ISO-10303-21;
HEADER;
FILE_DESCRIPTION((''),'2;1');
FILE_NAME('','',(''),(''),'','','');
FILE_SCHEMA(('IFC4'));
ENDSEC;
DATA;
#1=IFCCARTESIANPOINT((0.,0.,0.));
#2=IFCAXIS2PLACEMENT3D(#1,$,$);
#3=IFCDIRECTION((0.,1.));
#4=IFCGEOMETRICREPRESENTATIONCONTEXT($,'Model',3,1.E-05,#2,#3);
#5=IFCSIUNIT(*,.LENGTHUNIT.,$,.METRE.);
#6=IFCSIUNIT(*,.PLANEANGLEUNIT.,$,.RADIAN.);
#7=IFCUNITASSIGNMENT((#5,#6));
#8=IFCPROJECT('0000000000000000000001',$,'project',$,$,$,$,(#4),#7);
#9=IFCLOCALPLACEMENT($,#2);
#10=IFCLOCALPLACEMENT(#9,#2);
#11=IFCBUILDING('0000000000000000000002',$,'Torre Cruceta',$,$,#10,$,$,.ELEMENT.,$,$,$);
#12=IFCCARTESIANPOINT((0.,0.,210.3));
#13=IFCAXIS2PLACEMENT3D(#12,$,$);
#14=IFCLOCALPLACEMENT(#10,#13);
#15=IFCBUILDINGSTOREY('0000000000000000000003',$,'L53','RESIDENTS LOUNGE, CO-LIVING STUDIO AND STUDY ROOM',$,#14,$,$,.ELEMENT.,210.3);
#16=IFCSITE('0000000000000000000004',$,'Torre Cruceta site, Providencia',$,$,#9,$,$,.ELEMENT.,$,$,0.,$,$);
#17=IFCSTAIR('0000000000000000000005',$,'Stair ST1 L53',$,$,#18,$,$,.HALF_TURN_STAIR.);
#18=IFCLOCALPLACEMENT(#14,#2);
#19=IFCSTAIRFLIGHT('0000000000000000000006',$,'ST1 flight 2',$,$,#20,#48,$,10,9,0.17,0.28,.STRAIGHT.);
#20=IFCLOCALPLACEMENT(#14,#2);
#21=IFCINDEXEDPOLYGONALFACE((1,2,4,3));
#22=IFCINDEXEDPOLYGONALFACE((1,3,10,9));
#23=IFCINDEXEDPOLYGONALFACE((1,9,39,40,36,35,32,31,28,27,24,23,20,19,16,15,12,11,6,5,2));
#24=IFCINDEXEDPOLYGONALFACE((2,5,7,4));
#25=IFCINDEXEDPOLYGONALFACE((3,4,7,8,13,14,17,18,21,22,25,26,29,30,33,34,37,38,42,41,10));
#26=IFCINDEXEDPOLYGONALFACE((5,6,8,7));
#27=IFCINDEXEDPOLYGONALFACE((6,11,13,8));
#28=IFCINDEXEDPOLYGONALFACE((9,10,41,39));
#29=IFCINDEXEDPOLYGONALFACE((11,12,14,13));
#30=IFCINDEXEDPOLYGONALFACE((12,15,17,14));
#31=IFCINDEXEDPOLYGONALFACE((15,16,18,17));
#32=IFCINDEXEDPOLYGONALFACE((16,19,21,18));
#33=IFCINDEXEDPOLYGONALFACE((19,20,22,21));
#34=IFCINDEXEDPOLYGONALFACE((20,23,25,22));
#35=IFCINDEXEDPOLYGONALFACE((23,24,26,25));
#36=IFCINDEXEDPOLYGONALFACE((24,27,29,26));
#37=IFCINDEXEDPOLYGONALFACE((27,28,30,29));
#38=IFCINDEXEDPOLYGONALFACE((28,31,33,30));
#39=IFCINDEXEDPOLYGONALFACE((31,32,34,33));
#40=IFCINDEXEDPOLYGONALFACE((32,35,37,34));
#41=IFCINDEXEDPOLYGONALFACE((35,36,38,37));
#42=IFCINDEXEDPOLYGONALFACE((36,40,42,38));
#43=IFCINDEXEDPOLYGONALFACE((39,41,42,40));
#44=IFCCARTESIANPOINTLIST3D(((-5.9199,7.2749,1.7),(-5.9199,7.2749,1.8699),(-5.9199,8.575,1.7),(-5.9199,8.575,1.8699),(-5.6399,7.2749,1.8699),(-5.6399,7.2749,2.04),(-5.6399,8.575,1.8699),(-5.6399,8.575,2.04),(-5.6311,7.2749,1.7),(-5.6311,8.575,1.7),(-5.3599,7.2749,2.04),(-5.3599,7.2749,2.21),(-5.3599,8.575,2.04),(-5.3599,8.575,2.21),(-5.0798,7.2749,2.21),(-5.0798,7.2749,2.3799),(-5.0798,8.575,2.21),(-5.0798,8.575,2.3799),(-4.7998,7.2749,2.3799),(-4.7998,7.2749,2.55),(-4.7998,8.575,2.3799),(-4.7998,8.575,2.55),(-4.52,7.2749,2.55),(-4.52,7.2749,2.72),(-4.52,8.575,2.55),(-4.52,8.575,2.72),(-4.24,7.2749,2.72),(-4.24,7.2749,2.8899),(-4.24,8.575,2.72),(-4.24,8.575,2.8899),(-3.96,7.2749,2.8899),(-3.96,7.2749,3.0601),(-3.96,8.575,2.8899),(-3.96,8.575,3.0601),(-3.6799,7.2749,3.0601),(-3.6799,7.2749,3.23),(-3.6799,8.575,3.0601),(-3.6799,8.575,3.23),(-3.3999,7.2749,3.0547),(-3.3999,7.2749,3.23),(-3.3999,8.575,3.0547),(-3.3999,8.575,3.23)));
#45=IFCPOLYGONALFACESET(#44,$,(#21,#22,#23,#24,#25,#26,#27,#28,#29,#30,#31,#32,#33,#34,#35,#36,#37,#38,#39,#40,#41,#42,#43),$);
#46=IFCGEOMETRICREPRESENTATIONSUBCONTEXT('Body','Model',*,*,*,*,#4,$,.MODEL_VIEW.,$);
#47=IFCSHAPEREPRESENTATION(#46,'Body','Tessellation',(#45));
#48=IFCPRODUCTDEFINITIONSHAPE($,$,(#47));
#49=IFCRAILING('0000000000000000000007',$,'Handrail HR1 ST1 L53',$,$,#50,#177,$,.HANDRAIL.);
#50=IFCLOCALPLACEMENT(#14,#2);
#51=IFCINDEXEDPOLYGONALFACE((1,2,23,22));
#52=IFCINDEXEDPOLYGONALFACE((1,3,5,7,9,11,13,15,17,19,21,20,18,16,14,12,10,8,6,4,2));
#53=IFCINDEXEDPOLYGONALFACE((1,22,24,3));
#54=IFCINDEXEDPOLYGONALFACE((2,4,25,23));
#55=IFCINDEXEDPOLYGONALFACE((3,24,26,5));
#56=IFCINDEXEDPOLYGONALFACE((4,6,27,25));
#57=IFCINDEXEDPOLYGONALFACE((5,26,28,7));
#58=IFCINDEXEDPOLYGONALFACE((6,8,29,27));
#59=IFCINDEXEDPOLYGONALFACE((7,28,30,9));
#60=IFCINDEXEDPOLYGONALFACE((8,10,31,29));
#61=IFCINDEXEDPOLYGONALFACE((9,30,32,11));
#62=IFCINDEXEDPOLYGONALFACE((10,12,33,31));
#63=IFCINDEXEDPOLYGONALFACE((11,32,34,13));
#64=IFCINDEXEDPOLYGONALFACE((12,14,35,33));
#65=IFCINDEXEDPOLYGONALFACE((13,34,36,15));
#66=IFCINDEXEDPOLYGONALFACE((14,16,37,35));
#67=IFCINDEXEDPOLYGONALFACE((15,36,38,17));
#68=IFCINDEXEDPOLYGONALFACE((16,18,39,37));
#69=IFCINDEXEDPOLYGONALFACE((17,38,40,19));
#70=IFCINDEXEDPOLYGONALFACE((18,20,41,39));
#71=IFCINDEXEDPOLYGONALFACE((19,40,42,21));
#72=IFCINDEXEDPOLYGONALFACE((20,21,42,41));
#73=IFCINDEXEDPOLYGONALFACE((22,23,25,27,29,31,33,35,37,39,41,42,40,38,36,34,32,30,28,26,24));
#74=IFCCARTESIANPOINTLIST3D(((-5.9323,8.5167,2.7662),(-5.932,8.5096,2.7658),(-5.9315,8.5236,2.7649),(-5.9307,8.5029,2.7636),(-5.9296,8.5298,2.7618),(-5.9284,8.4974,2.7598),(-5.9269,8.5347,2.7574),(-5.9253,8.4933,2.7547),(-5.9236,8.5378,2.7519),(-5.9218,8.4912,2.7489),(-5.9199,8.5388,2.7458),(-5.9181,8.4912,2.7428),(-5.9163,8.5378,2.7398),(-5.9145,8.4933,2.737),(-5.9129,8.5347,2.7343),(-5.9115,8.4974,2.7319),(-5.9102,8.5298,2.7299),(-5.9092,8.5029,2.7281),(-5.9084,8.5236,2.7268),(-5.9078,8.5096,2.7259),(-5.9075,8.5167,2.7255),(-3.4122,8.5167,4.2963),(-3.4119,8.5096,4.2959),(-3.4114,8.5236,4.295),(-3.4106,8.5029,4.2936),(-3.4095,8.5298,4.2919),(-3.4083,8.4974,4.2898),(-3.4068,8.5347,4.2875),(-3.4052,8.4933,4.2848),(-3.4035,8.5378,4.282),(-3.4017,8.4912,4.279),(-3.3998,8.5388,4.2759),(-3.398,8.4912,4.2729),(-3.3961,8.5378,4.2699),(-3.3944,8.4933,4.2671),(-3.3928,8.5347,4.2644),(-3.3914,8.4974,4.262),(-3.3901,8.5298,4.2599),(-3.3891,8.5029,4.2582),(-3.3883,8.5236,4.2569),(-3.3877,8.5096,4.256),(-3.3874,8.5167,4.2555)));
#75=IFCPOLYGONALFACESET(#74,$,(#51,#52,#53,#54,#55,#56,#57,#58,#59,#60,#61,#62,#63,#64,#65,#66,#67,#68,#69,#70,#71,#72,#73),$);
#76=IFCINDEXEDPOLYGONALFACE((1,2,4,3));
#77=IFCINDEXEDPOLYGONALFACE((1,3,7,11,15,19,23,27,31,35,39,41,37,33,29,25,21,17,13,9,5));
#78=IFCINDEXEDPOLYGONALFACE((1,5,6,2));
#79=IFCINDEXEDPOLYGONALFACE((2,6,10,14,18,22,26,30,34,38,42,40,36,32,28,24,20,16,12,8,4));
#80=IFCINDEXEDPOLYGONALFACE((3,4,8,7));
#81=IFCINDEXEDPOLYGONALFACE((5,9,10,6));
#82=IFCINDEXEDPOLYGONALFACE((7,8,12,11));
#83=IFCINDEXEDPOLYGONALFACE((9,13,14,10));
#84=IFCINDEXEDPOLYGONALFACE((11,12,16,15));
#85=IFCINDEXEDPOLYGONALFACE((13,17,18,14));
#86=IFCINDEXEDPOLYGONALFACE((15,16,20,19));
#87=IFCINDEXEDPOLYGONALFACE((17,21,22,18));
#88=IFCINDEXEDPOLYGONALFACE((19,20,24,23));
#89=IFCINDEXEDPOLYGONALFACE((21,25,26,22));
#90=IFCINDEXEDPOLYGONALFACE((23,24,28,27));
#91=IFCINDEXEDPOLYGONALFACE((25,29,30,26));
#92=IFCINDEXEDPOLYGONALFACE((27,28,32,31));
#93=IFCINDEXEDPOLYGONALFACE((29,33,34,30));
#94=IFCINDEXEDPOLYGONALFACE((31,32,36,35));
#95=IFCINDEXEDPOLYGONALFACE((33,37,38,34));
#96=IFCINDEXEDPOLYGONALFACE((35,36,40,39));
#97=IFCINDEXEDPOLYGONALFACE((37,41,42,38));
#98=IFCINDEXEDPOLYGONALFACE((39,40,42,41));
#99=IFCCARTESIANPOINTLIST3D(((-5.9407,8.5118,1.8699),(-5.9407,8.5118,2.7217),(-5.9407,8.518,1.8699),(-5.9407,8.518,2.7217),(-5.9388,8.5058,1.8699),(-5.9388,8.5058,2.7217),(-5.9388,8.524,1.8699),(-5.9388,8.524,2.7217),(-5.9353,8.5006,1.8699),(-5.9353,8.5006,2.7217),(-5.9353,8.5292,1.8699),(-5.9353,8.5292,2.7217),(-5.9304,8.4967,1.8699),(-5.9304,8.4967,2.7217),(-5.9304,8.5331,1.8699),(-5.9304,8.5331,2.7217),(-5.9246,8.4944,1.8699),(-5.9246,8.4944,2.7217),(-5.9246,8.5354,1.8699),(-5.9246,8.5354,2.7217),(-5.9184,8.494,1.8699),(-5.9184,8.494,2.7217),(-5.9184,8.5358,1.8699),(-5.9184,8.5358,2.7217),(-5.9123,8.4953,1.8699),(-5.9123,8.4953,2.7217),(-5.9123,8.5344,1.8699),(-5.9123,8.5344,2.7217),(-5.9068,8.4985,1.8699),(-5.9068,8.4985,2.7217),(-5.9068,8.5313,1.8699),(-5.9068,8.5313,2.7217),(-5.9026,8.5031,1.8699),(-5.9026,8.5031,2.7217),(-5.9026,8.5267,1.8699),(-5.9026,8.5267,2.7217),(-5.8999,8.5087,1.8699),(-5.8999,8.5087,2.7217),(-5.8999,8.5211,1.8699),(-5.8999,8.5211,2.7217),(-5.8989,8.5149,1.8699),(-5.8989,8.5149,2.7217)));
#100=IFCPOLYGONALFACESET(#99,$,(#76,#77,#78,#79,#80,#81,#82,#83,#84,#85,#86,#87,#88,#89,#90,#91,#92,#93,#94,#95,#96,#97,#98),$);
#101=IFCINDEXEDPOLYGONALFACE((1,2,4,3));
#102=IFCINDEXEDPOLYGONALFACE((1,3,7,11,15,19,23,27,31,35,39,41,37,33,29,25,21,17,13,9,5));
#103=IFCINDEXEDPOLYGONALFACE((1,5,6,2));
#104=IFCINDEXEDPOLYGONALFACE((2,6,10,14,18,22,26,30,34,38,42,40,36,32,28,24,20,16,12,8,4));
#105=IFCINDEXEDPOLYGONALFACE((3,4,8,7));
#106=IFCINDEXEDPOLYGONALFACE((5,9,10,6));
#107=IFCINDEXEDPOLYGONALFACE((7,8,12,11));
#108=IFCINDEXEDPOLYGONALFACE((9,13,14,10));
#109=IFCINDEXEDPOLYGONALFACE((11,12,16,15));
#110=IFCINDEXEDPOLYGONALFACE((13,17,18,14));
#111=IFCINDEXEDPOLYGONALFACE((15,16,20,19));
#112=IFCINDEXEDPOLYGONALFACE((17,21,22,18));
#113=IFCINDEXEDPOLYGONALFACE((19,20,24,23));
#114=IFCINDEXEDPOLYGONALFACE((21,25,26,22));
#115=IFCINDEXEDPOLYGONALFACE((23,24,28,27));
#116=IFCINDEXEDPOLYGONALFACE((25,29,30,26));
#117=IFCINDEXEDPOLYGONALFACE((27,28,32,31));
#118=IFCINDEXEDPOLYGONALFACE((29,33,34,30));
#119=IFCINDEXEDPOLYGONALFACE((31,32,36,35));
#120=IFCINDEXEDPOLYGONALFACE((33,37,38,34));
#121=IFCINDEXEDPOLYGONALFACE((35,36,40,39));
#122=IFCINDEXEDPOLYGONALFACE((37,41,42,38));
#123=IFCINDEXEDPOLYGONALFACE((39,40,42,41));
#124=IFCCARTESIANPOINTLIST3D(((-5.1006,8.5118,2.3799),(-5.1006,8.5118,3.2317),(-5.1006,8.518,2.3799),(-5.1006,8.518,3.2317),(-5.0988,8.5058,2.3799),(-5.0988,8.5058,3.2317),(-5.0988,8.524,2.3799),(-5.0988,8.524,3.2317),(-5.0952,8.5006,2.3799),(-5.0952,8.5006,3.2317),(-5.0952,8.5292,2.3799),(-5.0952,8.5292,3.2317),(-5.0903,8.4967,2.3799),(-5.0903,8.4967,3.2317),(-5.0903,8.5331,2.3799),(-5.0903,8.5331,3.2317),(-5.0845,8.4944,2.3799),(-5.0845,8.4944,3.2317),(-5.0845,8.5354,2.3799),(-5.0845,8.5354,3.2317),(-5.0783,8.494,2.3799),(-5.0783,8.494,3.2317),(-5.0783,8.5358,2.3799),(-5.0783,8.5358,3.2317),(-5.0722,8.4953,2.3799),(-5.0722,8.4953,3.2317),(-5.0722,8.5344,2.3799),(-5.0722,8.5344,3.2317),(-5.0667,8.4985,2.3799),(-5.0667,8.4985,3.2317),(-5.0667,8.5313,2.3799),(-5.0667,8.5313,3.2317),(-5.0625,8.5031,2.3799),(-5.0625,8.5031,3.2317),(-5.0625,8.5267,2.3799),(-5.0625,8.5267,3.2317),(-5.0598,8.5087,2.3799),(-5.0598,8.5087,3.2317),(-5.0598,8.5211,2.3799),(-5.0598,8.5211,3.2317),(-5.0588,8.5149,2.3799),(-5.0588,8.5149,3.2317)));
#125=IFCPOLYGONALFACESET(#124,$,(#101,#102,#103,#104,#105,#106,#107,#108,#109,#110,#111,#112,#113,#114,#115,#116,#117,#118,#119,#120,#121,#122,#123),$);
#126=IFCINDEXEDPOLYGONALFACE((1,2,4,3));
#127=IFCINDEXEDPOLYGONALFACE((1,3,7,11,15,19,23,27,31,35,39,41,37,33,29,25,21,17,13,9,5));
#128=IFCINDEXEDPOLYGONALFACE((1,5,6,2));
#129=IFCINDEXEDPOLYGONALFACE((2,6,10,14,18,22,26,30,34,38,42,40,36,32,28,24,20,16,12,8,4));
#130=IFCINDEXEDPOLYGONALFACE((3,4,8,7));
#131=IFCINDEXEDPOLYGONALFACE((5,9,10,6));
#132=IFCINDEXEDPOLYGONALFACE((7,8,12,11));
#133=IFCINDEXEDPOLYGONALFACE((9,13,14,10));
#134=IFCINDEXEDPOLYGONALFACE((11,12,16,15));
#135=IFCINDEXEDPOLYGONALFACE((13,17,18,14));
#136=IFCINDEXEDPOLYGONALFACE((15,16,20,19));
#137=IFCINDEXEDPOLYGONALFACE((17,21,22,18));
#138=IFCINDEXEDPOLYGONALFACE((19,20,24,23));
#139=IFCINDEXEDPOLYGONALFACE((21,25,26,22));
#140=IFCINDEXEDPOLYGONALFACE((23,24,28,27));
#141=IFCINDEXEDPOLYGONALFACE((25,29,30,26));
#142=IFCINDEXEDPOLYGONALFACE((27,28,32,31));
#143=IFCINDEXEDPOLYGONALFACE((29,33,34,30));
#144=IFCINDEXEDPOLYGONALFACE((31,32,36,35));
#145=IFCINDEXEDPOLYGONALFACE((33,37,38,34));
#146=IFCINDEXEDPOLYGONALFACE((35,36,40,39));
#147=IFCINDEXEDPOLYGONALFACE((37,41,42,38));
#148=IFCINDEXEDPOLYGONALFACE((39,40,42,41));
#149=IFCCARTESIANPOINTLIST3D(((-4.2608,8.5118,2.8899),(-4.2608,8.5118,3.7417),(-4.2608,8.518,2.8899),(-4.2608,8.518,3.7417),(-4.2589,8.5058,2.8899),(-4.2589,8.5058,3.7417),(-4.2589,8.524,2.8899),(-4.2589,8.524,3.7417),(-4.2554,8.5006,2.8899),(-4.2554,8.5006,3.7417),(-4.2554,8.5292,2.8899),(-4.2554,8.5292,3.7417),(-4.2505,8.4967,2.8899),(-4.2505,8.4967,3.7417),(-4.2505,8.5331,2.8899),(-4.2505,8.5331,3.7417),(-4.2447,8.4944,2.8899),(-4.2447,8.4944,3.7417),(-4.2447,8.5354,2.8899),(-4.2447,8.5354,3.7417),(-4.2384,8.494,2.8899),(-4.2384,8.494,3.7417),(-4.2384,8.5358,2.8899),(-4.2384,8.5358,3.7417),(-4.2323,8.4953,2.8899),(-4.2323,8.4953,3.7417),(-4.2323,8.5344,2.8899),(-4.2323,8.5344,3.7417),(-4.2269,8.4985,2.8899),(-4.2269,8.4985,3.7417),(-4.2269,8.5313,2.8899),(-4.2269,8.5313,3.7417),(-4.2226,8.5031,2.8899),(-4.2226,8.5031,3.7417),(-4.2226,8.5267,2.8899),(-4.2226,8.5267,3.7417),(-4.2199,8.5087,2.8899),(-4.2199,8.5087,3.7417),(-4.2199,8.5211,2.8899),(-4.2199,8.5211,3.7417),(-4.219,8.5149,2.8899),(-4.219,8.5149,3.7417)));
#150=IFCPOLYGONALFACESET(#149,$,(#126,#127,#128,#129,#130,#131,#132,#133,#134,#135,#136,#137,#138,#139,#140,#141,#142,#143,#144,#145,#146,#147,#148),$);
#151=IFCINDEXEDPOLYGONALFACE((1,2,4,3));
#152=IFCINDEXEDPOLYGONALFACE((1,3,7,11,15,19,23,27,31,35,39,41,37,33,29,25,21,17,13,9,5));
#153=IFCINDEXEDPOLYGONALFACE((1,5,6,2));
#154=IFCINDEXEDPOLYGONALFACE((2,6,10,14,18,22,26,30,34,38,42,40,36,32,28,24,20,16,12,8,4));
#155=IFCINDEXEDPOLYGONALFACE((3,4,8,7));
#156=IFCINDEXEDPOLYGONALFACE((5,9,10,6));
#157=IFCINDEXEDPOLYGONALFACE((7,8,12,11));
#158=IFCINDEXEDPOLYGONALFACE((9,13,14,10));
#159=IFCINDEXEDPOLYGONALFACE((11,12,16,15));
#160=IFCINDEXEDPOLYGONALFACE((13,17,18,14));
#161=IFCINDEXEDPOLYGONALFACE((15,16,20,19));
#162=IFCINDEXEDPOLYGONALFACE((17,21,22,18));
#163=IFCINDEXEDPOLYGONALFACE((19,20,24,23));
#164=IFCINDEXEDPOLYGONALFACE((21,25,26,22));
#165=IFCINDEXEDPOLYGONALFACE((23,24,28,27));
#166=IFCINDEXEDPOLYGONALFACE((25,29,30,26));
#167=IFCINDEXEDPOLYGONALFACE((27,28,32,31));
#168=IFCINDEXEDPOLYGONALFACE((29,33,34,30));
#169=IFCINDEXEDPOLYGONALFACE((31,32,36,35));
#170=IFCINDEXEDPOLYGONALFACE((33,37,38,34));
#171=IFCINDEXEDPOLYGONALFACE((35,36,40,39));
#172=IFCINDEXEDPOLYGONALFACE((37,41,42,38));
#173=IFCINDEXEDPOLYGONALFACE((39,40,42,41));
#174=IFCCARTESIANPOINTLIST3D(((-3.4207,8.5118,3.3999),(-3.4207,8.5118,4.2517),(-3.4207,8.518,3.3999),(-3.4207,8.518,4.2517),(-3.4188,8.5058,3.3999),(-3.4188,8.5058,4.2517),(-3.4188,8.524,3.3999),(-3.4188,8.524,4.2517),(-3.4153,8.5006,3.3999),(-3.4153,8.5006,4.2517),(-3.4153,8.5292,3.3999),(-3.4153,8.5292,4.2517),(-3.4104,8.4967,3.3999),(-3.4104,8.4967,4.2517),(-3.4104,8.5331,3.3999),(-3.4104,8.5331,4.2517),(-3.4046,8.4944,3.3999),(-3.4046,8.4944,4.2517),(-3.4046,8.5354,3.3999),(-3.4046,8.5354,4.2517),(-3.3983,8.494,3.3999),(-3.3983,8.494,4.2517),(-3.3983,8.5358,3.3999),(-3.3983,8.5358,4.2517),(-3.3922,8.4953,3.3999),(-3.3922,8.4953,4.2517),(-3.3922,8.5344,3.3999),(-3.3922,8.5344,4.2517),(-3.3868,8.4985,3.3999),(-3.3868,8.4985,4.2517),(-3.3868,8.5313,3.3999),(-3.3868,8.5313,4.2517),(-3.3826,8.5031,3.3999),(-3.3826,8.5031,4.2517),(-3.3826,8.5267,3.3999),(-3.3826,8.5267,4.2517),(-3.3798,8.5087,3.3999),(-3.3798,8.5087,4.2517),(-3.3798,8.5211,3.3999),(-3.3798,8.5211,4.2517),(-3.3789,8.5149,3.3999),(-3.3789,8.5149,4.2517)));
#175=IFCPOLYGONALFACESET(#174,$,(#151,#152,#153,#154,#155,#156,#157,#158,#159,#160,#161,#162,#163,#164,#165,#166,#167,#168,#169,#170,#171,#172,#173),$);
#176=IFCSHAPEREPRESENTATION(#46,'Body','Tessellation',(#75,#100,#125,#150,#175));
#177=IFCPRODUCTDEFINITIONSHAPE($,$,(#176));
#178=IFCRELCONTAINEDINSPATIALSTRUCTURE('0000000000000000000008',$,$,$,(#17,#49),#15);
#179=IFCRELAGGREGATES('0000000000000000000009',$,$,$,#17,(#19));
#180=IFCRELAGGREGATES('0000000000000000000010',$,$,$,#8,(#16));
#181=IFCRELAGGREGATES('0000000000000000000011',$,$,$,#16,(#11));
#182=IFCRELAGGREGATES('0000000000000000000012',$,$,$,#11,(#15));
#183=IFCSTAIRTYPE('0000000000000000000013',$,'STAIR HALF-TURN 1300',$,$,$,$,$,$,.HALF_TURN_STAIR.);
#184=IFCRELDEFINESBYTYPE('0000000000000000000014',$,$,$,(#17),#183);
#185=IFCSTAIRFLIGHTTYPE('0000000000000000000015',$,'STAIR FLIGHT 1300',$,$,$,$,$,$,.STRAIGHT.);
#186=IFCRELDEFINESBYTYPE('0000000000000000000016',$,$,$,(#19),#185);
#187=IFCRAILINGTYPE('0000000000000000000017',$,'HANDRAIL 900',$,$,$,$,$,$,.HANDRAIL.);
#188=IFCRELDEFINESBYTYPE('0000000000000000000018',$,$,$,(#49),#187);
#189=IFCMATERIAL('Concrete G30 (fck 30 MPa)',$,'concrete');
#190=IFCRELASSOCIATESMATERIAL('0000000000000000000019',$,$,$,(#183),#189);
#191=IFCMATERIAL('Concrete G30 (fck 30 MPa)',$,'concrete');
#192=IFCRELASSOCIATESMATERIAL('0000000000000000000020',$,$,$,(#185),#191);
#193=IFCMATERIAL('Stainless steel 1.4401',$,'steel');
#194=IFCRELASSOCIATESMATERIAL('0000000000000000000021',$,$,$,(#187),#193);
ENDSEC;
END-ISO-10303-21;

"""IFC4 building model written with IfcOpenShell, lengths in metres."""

from ifc_helpers import new_model, si_unit, direction, frame, origin, origin_2d, place, context, subcontext, project, spatial, polyline, circle, outline, extrude, material, type_object, element, aggregate, save


model = new_model("IFC4")

# Units and contexts
model_context = context("Model", 3, precision=1e-05, world=origin(), true_north=direction((0.0, 1.0)))
body_context = subcontext(model_context, "Body", "Model", "MODEL_VIEW")
ifc_project = project(units=[si_unit("LENGTHUNIT", "METRE"), si_unit("PLANEANGLEUNIT", "RADIAN")], contexts=[model_context])

# Site, building, storey
site_placement = place(None, origin())
site = spatial("IfcSite", under=ifc_project, at=site_placement, Name="Torre Cruceta site, Providencia", CompositionType="ELEMENT", RefElevation=0.0)
building_placement = place(site_placement, origin())
building = spatial("IfcBuilding", under=site, at=building_placement, Name="Torre Cruceta", CompositionType="ELEMENT")
storey_placement = place(building_placement, frame((0.0, 0.0, 210.3)))
storey = spatial("IfcBuildingStorey", under=building, at=storey_placement, Name="L53", Description="RESIDENTS LOUNGE, CO-LIVING STUDIO AND STUDY ROOM", CompositionType="ELEMENT", Elevation=210.3)

# Stair, stair flight
ifc_material_1 = material(Name="Concrete G30 (fck 30 MPa)", Category="concrete")
stair_type = type_object("IfcStairType", Name="STAIR HALF-TURN 1300", PredefinedType="HALF_TURN_STAIR", material=ifc_material_1)
stair_placement = place(storey_placement, origin())
stair = element("IfcStair", 1, at=stair_placement, inside=storey, type_object=stair_type, Name="Stair ST1 L53", PredefinedType="HALF_TURN_STAIR")
ifc_material_2 = material(Name="Concrete G30 (fck 30 MPa)", Category="concrete")
stair_flight_type = type_object("IfcStairFlightType", Name="STAIR FLIGHT 1300", PredefinedType="STRAIGHT", material=ifc_material_2)
stair_flight_placement = place(storey_placement, frame((-5.9199, 7.925, 1.7), z_axis=(0.0, 0.0, 1.0), x_axis=(1.0, 0.0, 0.0)))
stair_flight = element("IfcStairFlight", 2, at=stair_flight_placement, type_object=stair_flight_type, Name="ST1 flight 2", NumberOfRisers=10, NumberOfTreads=9, PredefinedType="STRAIGHT", RiserHeight=0.17, TreadLength=0.28, context=body_context, shape_type="SweptSolid", body=[
    extrude(outline(polyline([(0.0, 0.0), (0.0, 0.1699), (0.28, 0.1699), (0.28, 0.3401), (0.5601, 0.3401), (0.5601, 0.51), (0.8401, 0.51), (0.8401, 0.6799), (1.1201, 0.6799), (1.1201, 0.8501), (1.3999, 0.8501), (1.3999, 1.02), (1.6799, 1.02), (1.6799, 1.1899), (1.96, 1.1899), (1.96, 1.3601), (2.24, 1.3601), (2.24, 1.53), (2.52, 1.53), (2.52, 1.7), (2.52, 1.3547), (0.2888, 0.0), (0.0, 0.0)])), frame((0.0, 0.6499, 0.0), z_axis=(0.0, -1.0, 0.0), x_axis=(1.0, 0.0, 0.0)), (0.0, 0.0, 1.0), 1.3),
])
aggregate(stair, [stair_flight])

# Railing
ifc_material_3 = material(Name="Stainless steel 1.4401", Category="steel")
railing_type = type_object("IfcRailingType", Name="HANDRAIL 900", PredefinedType="HANDRAIL", material=ifc_material_3)
railing_placement = place(storey_placement, frame((-5.9199, 8.5149, 1.8699)))
element("IfcRailing", 3, at=railing_placement, inside=storey, type_object=railing_type, Name="Handrail HR1 ST1 L53", PredefinedType="HANDRAIL", context=body_context, shape_type="SweptSolid", body=[
    extrude(circle(Radius=0.0239, at=origin_2d()), frame((0.0, 0.0, 0.876), z_axis=(0.854785, 0.0, 0.518982), x_axis=(0.0, 1.0, 0.0)), (0.0, 0.0, 1.0), 2.9482),
    extrude(circle(Radius=0.021, at=origin_2d()), origin(), (0.0, 0.0, 1.0), 0.8518),
    extrude(circle(Radius=0.021, at=origin_2d()), frame((0.8401, 0.0, 0.51)), (0.0, 0.0, 1.0), 0.8518),
    extrude(circle(Radius=0.021, at=origin_2d()), frame((1.6799, 0.0, 1.02)), (0.0, 0.0, 1.0), 0.8518),
    extrude(circle(Radius=0.021, at=origin_2d()), frame((2.52, 0.0, 1.53)), (0.0, 0.0, 1.0), 0.8518),
])

save(model, "model.ifc")
